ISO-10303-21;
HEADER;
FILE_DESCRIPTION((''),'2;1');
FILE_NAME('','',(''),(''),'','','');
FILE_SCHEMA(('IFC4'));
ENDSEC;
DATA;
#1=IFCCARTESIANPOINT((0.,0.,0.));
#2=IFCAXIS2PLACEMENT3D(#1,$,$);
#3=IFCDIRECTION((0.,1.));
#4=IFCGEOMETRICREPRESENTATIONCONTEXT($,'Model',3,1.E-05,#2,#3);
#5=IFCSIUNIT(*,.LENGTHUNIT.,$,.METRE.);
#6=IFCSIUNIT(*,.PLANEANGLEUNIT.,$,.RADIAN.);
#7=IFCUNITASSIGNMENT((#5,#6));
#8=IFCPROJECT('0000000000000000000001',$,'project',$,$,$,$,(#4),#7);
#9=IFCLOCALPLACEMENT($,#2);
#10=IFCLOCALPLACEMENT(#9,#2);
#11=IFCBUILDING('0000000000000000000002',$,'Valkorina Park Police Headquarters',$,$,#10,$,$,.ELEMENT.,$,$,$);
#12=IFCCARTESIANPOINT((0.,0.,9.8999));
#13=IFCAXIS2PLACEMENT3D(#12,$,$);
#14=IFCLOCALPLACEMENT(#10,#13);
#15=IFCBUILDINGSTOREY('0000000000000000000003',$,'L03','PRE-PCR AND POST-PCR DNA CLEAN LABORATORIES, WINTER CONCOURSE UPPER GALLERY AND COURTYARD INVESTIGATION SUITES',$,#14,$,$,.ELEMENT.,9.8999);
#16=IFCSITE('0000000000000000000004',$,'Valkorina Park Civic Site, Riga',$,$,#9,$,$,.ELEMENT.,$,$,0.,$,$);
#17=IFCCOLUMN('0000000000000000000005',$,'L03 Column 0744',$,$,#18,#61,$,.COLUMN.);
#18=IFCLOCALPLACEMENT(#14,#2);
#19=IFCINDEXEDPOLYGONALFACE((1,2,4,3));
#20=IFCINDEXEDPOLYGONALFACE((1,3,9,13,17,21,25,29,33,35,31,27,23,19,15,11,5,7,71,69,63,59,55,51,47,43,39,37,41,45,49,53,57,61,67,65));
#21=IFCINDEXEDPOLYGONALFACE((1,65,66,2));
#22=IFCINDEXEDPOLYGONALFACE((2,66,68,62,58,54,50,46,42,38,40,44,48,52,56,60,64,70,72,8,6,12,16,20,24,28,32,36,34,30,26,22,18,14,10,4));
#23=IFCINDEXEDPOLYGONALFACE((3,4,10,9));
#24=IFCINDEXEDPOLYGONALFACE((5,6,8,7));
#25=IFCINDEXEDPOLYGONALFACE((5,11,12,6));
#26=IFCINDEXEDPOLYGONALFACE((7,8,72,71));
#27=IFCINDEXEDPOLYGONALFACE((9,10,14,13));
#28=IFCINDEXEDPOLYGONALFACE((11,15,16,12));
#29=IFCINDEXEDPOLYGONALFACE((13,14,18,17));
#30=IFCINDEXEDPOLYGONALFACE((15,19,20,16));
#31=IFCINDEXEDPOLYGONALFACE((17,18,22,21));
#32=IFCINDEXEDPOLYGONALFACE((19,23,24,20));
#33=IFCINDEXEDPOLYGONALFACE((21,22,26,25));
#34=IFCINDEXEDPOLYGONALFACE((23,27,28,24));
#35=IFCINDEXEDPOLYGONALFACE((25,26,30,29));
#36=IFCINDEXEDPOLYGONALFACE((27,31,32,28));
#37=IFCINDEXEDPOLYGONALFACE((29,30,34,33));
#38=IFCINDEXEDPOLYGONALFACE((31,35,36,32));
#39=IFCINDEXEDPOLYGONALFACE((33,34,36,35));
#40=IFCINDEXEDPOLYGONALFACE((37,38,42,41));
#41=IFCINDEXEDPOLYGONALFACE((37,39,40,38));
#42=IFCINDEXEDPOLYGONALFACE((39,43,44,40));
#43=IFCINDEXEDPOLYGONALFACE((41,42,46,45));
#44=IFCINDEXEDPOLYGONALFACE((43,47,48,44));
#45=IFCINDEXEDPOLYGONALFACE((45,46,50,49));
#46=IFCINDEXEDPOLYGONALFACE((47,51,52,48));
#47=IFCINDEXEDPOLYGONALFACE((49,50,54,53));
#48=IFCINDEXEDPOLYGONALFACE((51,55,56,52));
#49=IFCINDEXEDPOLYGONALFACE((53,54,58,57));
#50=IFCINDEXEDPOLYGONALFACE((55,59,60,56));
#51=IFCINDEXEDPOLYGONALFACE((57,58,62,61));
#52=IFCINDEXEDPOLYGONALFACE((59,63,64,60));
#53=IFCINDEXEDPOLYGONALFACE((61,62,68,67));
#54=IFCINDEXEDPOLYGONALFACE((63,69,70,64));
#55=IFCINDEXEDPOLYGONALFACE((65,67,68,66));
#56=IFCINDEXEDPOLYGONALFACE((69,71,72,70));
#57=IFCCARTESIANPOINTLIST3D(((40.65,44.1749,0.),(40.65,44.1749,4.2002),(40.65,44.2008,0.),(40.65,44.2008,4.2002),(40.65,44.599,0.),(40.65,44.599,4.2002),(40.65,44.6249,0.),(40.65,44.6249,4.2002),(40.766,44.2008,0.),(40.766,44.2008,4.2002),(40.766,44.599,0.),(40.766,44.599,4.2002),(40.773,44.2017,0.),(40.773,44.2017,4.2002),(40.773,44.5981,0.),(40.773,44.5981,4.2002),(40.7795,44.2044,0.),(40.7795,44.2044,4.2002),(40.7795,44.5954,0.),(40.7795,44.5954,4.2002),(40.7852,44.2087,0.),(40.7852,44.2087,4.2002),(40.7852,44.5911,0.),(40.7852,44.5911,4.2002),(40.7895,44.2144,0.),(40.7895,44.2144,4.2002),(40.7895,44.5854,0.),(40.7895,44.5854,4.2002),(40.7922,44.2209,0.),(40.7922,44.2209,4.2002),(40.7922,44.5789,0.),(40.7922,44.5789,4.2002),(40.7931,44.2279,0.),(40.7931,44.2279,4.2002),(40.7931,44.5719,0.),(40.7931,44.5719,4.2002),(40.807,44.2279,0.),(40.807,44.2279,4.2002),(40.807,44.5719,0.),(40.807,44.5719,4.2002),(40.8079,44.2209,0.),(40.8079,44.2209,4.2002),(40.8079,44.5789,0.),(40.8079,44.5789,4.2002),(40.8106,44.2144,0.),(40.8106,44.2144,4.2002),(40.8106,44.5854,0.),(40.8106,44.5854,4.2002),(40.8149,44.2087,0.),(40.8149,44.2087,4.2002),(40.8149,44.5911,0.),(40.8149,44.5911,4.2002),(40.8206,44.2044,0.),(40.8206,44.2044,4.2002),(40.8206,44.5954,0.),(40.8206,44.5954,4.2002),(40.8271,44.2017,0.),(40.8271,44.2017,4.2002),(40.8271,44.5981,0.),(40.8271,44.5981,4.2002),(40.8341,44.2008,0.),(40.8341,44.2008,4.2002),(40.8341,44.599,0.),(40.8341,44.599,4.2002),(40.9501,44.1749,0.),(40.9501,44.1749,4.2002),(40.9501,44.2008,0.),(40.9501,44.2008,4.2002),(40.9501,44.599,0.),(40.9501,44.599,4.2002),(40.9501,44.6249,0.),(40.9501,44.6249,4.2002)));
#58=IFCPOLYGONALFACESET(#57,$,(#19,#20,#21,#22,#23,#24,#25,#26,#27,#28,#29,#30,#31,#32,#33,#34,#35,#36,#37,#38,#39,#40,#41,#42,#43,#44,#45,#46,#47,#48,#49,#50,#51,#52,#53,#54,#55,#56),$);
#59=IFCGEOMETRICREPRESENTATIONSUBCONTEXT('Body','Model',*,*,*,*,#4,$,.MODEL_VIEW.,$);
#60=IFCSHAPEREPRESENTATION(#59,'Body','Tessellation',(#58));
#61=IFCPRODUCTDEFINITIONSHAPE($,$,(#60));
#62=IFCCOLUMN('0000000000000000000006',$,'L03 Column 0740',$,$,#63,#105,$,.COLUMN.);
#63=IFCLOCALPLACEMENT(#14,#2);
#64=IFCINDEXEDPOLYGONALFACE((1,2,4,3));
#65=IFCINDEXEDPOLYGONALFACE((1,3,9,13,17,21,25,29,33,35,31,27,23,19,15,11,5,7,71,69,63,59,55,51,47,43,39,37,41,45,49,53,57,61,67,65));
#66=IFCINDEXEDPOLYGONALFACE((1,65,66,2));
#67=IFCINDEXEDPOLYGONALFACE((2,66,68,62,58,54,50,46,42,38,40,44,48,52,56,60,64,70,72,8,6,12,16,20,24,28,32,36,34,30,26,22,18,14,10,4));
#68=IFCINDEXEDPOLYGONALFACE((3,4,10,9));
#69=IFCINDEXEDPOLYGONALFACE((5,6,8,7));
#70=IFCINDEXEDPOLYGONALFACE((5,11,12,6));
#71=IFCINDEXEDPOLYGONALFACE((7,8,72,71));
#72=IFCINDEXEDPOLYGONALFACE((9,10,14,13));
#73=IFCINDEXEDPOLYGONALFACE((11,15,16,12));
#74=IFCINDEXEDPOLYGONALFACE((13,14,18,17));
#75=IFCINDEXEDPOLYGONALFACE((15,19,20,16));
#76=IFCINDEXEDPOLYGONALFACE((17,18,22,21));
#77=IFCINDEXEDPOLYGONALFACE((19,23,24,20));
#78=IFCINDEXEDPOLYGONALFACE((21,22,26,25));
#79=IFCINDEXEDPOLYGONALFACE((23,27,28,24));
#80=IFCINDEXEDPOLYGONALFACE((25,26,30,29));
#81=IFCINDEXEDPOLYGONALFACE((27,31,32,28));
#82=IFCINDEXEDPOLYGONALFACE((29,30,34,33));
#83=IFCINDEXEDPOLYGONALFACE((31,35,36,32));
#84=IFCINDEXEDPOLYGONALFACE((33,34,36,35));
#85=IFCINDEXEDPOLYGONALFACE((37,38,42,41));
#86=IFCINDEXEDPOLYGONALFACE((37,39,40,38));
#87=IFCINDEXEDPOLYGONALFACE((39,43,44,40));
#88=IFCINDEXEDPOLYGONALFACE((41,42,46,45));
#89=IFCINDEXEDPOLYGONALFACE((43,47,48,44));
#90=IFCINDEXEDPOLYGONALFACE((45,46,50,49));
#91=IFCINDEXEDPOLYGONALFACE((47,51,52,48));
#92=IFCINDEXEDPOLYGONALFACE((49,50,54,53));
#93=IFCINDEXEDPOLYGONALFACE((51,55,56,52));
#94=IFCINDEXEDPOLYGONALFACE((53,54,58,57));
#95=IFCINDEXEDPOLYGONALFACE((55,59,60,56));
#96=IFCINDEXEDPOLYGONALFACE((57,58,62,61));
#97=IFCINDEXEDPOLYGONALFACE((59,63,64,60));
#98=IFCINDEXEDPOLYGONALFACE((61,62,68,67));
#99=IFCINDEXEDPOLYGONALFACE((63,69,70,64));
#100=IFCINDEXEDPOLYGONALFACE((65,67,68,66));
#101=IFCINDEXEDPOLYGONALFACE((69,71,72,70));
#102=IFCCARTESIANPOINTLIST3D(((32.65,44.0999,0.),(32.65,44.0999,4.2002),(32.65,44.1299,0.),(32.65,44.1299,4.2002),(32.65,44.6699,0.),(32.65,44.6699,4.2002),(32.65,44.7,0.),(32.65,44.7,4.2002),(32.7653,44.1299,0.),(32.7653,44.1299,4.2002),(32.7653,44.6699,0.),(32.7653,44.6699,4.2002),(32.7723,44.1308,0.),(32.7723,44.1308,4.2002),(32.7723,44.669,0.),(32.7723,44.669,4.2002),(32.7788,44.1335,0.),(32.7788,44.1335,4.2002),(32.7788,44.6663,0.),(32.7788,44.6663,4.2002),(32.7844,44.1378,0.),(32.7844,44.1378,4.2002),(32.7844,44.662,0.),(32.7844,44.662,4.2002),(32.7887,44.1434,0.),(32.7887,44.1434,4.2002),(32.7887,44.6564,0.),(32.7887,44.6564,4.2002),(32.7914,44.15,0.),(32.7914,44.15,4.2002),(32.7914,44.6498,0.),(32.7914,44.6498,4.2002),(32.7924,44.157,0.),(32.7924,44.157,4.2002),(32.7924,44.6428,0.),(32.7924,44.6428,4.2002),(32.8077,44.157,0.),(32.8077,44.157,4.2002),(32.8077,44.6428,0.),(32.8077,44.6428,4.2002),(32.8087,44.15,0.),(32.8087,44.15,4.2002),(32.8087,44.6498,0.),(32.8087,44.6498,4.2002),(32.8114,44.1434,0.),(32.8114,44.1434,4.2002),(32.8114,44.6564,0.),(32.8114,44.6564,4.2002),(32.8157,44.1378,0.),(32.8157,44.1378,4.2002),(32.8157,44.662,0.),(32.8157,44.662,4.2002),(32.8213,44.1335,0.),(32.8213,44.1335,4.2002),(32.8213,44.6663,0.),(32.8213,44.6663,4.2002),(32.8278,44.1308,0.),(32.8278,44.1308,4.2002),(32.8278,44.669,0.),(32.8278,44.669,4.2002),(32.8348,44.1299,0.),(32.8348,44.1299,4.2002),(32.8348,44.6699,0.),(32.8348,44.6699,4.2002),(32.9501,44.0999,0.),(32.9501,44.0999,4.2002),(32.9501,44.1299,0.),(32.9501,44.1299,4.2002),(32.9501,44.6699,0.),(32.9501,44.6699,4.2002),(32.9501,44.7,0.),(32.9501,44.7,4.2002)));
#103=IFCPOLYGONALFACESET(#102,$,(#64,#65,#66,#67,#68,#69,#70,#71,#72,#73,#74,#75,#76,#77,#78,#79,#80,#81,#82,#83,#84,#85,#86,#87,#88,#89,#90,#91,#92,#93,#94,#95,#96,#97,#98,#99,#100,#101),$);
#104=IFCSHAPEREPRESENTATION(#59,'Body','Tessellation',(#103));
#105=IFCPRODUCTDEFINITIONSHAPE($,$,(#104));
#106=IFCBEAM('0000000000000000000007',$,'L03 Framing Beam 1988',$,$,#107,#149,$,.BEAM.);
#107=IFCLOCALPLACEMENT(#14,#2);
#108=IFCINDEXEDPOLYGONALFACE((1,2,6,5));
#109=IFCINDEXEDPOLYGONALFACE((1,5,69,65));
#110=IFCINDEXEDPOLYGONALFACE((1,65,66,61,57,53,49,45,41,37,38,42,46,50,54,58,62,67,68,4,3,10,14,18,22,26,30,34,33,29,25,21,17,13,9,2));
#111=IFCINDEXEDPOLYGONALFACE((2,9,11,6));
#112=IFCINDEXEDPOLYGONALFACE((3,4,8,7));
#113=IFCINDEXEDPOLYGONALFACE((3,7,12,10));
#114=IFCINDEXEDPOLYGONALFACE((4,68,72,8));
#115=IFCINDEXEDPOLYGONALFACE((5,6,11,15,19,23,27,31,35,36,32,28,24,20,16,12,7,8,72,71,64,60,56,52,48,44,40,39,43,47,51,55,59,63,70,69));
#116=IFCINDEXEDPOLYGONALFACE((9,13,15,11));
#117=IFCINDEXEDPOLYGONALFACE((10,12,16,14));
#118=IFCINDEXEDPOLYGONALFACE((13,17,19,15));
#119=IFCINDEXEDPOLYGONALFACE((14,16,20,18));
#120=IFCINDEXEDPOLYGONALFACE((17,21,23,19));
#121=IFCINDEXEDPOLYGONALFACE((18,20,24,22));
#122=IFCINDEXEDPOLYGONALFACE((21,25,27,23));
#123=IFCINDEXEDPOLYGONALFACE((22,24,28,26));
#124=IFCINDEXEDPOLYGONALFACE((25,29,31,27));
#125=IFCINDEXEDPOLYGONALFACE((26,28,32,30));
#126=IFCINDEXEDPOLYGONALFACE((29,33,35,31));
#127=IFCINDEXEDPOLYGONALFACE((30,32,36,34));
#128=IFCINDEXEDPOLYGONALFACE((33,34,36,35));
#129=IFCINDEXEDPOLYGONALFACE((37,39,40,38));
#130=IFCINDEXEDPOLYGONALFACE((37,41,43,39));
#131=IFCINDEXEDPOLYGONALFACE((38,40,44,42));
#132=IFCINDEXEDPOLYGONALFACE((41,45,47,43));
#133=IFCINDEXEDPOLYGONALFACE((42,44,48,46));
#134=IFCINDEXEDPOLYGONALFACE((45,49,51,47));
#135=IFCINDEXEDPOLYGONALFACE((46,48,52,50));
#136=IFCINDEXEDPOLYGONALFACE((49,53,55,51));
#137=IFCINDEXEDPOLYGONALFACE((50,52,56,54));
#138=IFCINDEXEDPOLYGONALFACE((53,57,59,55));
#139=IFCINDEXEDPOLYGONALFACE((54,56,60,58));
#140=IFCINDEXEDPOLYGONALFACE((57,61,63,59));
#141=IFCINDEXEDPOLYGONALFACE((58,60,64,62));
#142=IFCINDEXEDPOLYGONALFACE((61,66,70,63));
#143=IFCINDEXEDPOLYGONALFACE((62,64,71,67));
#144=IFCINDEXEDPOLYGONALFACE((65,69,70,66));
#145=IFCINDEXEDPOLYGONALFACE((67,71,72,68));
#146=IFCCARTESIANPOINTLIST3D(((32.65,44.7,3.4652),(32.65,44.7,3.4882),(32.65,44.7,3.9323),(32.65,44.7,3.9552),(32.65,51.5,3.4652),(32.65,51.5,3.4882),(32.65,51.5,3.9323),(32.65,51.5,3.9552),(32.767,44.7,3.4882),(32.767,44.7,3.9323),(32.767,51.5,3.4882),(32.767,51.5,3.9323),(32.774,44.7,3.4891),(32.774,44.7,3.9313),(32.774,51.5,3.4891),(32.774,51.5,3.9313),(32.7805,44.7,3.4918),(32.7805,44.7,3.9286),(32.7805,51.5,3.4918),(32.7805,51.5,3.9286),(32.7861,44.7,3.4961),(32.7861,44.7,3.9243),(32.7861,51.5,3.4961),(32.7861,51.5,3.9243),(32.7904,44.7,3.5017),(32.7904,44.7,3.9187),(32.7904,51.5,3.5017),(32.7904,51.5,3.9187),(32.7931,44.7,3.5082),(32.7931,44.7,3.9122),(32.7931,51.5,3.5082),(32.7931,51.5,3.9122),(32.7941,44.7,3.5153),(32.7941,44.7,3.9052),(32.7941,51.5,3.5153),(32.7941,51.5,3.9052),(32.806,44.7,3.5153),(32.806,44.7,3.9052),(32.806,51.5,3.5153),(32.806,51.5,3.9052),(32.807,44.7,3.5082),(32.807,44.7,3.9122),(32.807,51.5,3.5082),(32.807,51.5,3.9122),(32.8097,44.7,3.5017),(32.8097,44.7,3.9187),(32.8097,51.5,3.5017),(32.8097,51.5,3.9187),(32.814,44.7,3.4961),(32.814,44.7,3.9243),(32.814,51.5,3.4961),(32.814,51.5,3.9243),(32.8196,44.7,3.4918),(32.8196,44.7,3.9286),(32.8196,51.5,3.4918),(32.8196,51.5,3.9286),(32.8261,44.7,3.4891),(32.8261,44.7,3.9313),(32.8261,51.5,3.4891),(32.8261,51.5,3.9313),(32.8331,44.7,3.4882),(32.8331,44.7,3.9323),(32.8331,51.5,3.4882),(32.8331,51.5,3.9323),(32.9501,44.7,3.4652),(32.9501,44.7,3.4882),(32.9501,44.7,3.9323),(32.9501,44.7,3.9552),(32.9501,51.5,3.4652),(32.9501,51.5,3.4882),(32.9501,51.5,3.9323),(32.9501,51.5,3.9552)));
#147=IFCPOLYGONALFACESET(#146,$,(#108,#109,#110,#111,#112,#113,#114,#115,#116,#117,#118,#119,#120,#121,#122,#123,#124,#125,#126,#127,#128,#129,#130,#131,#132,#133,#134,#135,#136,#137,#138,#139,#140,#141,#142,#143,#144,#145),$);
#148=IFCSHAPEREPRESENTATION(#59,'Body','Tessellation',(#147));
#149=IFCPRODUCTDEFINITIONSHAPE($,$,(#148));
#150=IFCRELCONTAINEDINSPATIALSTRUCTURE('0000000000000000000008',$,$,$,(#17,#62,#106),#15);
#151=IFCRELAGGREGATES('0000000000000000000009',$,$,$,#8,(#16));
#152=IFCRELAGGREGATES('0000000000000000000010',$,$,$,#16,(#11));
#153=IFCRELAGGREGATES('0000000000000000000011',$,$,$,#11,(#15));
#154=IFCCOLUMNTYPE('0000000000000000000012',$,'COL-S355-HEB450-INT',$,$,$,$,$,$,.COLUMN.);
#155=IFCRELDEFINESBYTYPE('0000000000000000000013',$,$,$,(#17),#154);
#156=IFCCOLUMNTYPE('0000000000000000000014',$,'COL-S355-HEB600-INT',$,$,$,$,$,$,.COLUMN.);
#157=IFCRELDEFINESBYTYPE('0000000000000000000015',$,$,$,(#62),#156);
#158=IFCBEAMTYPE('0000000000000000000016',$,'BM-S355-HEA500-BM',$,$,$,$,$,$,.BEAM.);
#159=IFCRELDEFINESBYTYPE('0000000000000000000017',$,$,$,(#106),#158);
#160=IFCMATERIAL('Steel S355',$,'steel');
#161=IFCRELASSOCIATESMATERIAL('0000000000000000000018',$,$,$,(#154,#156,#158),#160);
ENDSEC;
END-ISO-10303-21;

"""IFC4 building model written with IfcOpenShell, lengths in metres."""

from ifc_helpers import new_model, si_unit, direction, frame, origin, origin_2d, place, context, subcontext, project, spatial, i_section, extrude, material, material_profile, profile_set, type_object, element, save


model = new_model("IFC4")

# Units and contexts
model_context = context("Model", 3, precision=1e-05, world=origin(), true_north=direction((0.0, 1.0)))
body_context = subcontext(model_context, "Body", "Model", "MODEL_VIEW")
ifc_project = project(units=[si_unit("LENGTHUNIT", "METRE"), si_unit("PLANEANGLEUNIT", "RADIAN")], contexts=[model_context])

# Site, building, storey
site_placement = place(None, origin())
site = spatial("IfcSite", under=ifc_project, at=site_placement, Name="Valkorina Park Civic Site, Riga", CompositionType="ELEMENT", RefElevation=0.0)
building_placement = place(site_placement, origin())
building = spatial("IfcBuilding", under=site, at=building_placement, Name="Valkorina Park Police Headquarters", CompositionType="ELEMENT")
storey_placement = place(building_placement, frame((0.0, 0.0, 9.8999)))
storey = spatial("IfcBuildingStorey", under=building, at=storey_placement, Name="L03", Description="PRE-PCR AND POST-PCR DNA CLEAN LABORATORIES, WINTER CONCOURSE UPPER GALLERY AND COURTYARD INVESTIGATION SUITES", CompositionType="ELEMENT", Elevation=9.8999)

# Columns
ifc_material_1 = material(Name="Steel S355", Category="steel")
ifc_material_profile_1 = material_profile(ifc_material_1, i_section(OverallWidth=0.3, OverallDepth=0.45, WebThickness=0.0139, FlangeThickness=0.0259, FilletRadius=0.0271, at=origin_2d()), Name="HEB 450")
ifc_profile_set_1 = profile_set([ifc_material_profile_1], Name="Steel S355")
column_type_1 = type_object("IfcColumnType", Name="COL-S355-HEB450-INT", PredefinedType="COLUMN", material=ifc_profile_set_1)
column_1_placement = place(storey_placement, frame((40.8, 44.3999, 0.0), z_axis=(0.0, 0.0, 1.0), x_axis=(1.0, 0.0, 0.0)))
element("IfcColumn", 1, at=column_1_placement, inside=storey, type_object=column_type_1, Name="L03 Column 0744", PredefinedType="COLUMN", context=body_context, shape_type="SweptSolid", body=[
    extrude(i_section(OverallWidth=0.3, OverallDepth=0.45, WebThickness=0.0139, FlangeThickness=0.0259, FilletRadius=0.0271, at=origin_2d()), origin(), (0.0, 0.0, 1.0), 4.2002),
])
ifc_material_profile_2 = material_profile(ifc_material_1, i_section(OverallWidth=0.3, OverallDepth=0.6001, WebThickness=0.0154, FlangeThickness=0.03, FilletRadius=0.0271, at=origin_2d()), Name="HEB 600")
ifc_profile_set_2 = profile_set([ifc_material_profile_2], Name="Steel S355")
column_type_2 = type_object("IfcColumnType", Name="COL-S355-HEB600-INT", PredefinedType="COLUMN", material=ifc_profile_set_2)
column_2_placement = place(storey_placement, frame((32.8, 44.3999, 0.0), z_axis=(0.0, 0.0, 1.0), x_axis=(1.0, 0.0, 0.0)))
element("IfcColumn", 2, at=column_2_placement, inside=storey, type_object=column_type_2, Name="L03 Column 0740", PredefinedType="COLUMN", context=body_context, shape_type="SweptSolid", body=[
    extrude(i_section(OverallWidth=0.3, OverallDepth=0.6001, WebThickness=0.0154, FlangeThickness=0.03, FilletRadius=0.0271, at=origin_2d()), origin(), (0.0, 0.0, 1.0), 4.2002),
])

# Beam
ifc_material_profile_3 = material_profile(ifc_material_1, i_section(OverallWidth=0.3, OverallDepth=0.49, WebThickness=0.012, FlangeThickness=0.0229, FilletRadius=0.0271, at=origin_2d()), Name="HEA 500")
ifc_profile_set_3 = profile_set([ifc_material_profile_3], Name="Steel S355")
beam_type_1 = type_object("IfcBeamType", Name="BM-S355-HEA500-BM", PredefinedType="BEAM", material=ifc_profile_set_3)
beam_1_placement = place(storey_placement, frame((32.8, 44.7, 3.7102), z_axis=(0.0, 1.0, 0.0), x_axis=(-1.0, 0.0, 0.0)))
element("IfcBeam", 3, at=beam_1_placement, inside=storey, type_object=beam_type_1, Name="L03 Framing Beam 1988", PredefinedType="BEAM", context=body_context, shape_type="SweptSolid", body=[
    extrude(i_section(OverallWidth=0.3, OverallDepth=0.49, WebThickness=0.012, FlangeThickness=0.0229, FilletRadius=0.0271, at=origin_2d()), origin(), (0.0, 0.0, 1.0), 6.8),
])

save(model, "model.ifc")
